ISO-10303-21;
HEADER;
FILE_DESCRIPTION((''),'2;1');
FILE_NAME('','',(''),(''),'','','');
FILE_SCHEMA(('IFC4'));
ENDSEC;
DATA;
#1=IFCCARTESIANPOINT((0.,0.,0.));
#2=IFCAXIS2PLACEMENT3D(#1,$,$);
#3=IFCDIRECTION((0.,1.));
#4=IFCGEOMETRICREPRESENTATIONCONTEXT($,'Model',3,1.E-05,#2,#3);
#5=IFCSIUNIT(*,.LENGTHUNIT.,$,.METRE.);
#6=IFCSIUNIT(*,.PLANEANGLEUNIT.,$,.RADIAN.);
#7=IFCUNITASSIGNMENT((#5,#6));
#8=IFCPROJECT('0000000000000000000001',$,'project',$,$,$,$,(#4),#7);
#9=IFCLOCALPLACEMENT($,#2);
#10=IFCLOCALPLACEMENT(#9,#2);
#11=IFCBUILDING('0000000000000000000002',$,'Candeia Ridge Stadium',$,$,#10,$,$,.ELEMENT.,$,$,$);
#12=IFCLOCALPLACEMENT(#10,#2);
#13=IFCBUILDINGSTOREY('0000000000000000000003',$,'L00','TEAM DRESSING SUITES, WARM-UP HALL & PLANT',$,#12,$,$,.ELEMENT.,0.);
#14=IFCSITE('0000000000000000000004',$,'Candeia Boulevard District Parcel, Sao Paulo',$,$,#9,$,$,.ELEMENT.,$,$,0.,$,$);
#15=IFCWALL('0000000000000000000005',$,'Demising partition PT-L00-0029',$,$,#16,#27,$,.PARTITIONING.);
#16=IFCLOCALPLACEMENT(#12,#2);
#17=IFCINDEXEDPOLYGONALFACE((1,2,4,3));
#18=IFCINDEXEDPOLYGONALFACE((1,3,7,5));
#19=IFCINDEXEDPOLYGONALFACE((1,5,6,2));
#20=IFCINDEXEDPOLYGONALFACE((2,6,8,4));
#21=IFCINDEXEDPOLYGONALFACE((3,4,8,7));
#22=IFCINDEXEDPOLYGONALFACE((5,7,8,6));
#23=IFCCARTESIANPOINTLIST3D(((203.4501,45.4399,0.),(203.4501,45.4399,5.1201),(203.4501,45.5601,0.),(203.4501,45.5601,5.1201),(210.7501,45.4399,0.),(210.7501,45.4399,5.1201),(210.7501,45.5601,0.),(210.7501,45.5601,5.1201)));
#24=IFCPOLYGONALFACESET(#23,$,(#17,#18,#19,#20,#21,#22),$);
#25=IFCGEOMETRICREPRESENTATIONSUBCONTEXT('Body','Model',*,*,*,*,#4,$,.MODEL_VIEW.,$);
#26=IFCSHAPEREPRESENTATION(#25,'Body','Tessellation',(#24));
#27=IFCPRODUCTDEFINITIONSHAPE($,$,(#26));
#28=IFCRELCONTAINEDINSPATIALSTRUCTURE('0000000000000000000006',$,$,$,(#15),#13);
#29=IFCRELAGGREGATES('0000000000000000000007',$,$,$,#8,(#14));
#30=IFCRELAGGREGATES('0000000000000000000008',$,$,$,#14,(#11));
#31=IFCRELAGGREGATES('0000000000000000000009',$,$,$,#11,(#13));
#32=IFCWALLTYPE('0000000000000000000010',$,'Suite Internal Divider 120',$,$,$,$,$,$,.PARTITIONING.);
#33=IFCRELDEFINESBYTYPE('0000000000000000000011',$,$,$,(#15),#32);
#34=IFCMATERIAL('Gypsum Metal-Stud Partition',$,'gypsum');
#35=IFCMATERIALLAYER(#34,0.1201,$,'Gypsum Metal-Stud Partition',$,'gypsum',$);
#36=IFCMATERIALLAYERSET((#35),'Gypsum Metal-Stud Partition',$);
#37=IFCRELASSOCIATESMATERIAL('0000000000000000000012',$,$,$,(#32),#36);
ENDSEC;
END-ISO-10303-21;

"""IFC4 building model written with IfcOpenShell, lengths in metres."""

from ifc_helpers import new_model, si_unit, direction, frame, frame_2d, origin, place, context, subcontext, project, spatial, rectangle, extrude, material, layer, layer_set, type_object, element, save


model = new_model("IFC4")

# Units and contexts
model_context = context("Model", 3, precision=1e-05, world=origin(), true_north=direction((0.0, 1.0)))
body_context = subcontext(model_context, "Body", "Model", "MODEL_VIEW")
ifc_project = project(units=[si_unit("LENGTHUNIT", "METRE"), si_unit("PLANEANGLEUNIT", "RADIAN")], contexts=[model_context])

# Site, building, storey
site_placement = place(None, origin())
site = spatial("IfcSite", under=ifc_project, at=site_placement, Name="Candeia Boulevard District Parcel, Sao Paulo", CompositionType="ELEMENT", RefElevation=0.0)
building_placement = place(site_placement, origin())
building = spatial("IfcBuilding", under=site, at=building_placement, Name="Candeia Ridge Stadium", CompositionType="ELEMENT")
storey_placement = place(building_placement, origin())
storey = spatial("IfcBuildingStorey", under=building, at=storey_placement, Name="L00", Description="TEAM DRESSING SUITES, WARM-UP HALL & PLANT", CompositionType="ELEMENT", Elevation=0.0)

# Wall
ifc_material_1 = material(Name="Gypsum Metal-Stud Partition", Category="gypsum")
ifc_layer_1 = layer(ifc_material_1, 0.1201, Name="Gypsum Metal-Stud Partition", Category="gypsum")
ifc_layer_set_1 = layer_set([ifc_layer_1], Name="Gypsum Metal-Stud Partition")
wall_type_1 = type_object("IfcWallType", Name="Suite Internal Divider 120", PredefinedType="PARTITIONING", material=ifc_layer_set_1)
wall_1_placement = place(storey_placement, frame((210.75, 45.5, 0.0), z_axis=(0.0, 0.0, 1.0), x_axis=(-1.0, 0.0, 0.0)))
element("IfcWall", 1, at=wall_1_placement, inside=storey, type_object=wall_type_1, Name="Demising partition PT-L00-0029", PredefinedType="PARTITIONING", context=body_context, shape_type="SweptSolid", body=[
    extrude(rectangle(XDim=7.3, YDim=0.1201, at=frame_2d((3.6499, 0.0))), origin(), (0.0, 0.0, 1.0), 5.1201),
])

save(model, "model.ifc")
